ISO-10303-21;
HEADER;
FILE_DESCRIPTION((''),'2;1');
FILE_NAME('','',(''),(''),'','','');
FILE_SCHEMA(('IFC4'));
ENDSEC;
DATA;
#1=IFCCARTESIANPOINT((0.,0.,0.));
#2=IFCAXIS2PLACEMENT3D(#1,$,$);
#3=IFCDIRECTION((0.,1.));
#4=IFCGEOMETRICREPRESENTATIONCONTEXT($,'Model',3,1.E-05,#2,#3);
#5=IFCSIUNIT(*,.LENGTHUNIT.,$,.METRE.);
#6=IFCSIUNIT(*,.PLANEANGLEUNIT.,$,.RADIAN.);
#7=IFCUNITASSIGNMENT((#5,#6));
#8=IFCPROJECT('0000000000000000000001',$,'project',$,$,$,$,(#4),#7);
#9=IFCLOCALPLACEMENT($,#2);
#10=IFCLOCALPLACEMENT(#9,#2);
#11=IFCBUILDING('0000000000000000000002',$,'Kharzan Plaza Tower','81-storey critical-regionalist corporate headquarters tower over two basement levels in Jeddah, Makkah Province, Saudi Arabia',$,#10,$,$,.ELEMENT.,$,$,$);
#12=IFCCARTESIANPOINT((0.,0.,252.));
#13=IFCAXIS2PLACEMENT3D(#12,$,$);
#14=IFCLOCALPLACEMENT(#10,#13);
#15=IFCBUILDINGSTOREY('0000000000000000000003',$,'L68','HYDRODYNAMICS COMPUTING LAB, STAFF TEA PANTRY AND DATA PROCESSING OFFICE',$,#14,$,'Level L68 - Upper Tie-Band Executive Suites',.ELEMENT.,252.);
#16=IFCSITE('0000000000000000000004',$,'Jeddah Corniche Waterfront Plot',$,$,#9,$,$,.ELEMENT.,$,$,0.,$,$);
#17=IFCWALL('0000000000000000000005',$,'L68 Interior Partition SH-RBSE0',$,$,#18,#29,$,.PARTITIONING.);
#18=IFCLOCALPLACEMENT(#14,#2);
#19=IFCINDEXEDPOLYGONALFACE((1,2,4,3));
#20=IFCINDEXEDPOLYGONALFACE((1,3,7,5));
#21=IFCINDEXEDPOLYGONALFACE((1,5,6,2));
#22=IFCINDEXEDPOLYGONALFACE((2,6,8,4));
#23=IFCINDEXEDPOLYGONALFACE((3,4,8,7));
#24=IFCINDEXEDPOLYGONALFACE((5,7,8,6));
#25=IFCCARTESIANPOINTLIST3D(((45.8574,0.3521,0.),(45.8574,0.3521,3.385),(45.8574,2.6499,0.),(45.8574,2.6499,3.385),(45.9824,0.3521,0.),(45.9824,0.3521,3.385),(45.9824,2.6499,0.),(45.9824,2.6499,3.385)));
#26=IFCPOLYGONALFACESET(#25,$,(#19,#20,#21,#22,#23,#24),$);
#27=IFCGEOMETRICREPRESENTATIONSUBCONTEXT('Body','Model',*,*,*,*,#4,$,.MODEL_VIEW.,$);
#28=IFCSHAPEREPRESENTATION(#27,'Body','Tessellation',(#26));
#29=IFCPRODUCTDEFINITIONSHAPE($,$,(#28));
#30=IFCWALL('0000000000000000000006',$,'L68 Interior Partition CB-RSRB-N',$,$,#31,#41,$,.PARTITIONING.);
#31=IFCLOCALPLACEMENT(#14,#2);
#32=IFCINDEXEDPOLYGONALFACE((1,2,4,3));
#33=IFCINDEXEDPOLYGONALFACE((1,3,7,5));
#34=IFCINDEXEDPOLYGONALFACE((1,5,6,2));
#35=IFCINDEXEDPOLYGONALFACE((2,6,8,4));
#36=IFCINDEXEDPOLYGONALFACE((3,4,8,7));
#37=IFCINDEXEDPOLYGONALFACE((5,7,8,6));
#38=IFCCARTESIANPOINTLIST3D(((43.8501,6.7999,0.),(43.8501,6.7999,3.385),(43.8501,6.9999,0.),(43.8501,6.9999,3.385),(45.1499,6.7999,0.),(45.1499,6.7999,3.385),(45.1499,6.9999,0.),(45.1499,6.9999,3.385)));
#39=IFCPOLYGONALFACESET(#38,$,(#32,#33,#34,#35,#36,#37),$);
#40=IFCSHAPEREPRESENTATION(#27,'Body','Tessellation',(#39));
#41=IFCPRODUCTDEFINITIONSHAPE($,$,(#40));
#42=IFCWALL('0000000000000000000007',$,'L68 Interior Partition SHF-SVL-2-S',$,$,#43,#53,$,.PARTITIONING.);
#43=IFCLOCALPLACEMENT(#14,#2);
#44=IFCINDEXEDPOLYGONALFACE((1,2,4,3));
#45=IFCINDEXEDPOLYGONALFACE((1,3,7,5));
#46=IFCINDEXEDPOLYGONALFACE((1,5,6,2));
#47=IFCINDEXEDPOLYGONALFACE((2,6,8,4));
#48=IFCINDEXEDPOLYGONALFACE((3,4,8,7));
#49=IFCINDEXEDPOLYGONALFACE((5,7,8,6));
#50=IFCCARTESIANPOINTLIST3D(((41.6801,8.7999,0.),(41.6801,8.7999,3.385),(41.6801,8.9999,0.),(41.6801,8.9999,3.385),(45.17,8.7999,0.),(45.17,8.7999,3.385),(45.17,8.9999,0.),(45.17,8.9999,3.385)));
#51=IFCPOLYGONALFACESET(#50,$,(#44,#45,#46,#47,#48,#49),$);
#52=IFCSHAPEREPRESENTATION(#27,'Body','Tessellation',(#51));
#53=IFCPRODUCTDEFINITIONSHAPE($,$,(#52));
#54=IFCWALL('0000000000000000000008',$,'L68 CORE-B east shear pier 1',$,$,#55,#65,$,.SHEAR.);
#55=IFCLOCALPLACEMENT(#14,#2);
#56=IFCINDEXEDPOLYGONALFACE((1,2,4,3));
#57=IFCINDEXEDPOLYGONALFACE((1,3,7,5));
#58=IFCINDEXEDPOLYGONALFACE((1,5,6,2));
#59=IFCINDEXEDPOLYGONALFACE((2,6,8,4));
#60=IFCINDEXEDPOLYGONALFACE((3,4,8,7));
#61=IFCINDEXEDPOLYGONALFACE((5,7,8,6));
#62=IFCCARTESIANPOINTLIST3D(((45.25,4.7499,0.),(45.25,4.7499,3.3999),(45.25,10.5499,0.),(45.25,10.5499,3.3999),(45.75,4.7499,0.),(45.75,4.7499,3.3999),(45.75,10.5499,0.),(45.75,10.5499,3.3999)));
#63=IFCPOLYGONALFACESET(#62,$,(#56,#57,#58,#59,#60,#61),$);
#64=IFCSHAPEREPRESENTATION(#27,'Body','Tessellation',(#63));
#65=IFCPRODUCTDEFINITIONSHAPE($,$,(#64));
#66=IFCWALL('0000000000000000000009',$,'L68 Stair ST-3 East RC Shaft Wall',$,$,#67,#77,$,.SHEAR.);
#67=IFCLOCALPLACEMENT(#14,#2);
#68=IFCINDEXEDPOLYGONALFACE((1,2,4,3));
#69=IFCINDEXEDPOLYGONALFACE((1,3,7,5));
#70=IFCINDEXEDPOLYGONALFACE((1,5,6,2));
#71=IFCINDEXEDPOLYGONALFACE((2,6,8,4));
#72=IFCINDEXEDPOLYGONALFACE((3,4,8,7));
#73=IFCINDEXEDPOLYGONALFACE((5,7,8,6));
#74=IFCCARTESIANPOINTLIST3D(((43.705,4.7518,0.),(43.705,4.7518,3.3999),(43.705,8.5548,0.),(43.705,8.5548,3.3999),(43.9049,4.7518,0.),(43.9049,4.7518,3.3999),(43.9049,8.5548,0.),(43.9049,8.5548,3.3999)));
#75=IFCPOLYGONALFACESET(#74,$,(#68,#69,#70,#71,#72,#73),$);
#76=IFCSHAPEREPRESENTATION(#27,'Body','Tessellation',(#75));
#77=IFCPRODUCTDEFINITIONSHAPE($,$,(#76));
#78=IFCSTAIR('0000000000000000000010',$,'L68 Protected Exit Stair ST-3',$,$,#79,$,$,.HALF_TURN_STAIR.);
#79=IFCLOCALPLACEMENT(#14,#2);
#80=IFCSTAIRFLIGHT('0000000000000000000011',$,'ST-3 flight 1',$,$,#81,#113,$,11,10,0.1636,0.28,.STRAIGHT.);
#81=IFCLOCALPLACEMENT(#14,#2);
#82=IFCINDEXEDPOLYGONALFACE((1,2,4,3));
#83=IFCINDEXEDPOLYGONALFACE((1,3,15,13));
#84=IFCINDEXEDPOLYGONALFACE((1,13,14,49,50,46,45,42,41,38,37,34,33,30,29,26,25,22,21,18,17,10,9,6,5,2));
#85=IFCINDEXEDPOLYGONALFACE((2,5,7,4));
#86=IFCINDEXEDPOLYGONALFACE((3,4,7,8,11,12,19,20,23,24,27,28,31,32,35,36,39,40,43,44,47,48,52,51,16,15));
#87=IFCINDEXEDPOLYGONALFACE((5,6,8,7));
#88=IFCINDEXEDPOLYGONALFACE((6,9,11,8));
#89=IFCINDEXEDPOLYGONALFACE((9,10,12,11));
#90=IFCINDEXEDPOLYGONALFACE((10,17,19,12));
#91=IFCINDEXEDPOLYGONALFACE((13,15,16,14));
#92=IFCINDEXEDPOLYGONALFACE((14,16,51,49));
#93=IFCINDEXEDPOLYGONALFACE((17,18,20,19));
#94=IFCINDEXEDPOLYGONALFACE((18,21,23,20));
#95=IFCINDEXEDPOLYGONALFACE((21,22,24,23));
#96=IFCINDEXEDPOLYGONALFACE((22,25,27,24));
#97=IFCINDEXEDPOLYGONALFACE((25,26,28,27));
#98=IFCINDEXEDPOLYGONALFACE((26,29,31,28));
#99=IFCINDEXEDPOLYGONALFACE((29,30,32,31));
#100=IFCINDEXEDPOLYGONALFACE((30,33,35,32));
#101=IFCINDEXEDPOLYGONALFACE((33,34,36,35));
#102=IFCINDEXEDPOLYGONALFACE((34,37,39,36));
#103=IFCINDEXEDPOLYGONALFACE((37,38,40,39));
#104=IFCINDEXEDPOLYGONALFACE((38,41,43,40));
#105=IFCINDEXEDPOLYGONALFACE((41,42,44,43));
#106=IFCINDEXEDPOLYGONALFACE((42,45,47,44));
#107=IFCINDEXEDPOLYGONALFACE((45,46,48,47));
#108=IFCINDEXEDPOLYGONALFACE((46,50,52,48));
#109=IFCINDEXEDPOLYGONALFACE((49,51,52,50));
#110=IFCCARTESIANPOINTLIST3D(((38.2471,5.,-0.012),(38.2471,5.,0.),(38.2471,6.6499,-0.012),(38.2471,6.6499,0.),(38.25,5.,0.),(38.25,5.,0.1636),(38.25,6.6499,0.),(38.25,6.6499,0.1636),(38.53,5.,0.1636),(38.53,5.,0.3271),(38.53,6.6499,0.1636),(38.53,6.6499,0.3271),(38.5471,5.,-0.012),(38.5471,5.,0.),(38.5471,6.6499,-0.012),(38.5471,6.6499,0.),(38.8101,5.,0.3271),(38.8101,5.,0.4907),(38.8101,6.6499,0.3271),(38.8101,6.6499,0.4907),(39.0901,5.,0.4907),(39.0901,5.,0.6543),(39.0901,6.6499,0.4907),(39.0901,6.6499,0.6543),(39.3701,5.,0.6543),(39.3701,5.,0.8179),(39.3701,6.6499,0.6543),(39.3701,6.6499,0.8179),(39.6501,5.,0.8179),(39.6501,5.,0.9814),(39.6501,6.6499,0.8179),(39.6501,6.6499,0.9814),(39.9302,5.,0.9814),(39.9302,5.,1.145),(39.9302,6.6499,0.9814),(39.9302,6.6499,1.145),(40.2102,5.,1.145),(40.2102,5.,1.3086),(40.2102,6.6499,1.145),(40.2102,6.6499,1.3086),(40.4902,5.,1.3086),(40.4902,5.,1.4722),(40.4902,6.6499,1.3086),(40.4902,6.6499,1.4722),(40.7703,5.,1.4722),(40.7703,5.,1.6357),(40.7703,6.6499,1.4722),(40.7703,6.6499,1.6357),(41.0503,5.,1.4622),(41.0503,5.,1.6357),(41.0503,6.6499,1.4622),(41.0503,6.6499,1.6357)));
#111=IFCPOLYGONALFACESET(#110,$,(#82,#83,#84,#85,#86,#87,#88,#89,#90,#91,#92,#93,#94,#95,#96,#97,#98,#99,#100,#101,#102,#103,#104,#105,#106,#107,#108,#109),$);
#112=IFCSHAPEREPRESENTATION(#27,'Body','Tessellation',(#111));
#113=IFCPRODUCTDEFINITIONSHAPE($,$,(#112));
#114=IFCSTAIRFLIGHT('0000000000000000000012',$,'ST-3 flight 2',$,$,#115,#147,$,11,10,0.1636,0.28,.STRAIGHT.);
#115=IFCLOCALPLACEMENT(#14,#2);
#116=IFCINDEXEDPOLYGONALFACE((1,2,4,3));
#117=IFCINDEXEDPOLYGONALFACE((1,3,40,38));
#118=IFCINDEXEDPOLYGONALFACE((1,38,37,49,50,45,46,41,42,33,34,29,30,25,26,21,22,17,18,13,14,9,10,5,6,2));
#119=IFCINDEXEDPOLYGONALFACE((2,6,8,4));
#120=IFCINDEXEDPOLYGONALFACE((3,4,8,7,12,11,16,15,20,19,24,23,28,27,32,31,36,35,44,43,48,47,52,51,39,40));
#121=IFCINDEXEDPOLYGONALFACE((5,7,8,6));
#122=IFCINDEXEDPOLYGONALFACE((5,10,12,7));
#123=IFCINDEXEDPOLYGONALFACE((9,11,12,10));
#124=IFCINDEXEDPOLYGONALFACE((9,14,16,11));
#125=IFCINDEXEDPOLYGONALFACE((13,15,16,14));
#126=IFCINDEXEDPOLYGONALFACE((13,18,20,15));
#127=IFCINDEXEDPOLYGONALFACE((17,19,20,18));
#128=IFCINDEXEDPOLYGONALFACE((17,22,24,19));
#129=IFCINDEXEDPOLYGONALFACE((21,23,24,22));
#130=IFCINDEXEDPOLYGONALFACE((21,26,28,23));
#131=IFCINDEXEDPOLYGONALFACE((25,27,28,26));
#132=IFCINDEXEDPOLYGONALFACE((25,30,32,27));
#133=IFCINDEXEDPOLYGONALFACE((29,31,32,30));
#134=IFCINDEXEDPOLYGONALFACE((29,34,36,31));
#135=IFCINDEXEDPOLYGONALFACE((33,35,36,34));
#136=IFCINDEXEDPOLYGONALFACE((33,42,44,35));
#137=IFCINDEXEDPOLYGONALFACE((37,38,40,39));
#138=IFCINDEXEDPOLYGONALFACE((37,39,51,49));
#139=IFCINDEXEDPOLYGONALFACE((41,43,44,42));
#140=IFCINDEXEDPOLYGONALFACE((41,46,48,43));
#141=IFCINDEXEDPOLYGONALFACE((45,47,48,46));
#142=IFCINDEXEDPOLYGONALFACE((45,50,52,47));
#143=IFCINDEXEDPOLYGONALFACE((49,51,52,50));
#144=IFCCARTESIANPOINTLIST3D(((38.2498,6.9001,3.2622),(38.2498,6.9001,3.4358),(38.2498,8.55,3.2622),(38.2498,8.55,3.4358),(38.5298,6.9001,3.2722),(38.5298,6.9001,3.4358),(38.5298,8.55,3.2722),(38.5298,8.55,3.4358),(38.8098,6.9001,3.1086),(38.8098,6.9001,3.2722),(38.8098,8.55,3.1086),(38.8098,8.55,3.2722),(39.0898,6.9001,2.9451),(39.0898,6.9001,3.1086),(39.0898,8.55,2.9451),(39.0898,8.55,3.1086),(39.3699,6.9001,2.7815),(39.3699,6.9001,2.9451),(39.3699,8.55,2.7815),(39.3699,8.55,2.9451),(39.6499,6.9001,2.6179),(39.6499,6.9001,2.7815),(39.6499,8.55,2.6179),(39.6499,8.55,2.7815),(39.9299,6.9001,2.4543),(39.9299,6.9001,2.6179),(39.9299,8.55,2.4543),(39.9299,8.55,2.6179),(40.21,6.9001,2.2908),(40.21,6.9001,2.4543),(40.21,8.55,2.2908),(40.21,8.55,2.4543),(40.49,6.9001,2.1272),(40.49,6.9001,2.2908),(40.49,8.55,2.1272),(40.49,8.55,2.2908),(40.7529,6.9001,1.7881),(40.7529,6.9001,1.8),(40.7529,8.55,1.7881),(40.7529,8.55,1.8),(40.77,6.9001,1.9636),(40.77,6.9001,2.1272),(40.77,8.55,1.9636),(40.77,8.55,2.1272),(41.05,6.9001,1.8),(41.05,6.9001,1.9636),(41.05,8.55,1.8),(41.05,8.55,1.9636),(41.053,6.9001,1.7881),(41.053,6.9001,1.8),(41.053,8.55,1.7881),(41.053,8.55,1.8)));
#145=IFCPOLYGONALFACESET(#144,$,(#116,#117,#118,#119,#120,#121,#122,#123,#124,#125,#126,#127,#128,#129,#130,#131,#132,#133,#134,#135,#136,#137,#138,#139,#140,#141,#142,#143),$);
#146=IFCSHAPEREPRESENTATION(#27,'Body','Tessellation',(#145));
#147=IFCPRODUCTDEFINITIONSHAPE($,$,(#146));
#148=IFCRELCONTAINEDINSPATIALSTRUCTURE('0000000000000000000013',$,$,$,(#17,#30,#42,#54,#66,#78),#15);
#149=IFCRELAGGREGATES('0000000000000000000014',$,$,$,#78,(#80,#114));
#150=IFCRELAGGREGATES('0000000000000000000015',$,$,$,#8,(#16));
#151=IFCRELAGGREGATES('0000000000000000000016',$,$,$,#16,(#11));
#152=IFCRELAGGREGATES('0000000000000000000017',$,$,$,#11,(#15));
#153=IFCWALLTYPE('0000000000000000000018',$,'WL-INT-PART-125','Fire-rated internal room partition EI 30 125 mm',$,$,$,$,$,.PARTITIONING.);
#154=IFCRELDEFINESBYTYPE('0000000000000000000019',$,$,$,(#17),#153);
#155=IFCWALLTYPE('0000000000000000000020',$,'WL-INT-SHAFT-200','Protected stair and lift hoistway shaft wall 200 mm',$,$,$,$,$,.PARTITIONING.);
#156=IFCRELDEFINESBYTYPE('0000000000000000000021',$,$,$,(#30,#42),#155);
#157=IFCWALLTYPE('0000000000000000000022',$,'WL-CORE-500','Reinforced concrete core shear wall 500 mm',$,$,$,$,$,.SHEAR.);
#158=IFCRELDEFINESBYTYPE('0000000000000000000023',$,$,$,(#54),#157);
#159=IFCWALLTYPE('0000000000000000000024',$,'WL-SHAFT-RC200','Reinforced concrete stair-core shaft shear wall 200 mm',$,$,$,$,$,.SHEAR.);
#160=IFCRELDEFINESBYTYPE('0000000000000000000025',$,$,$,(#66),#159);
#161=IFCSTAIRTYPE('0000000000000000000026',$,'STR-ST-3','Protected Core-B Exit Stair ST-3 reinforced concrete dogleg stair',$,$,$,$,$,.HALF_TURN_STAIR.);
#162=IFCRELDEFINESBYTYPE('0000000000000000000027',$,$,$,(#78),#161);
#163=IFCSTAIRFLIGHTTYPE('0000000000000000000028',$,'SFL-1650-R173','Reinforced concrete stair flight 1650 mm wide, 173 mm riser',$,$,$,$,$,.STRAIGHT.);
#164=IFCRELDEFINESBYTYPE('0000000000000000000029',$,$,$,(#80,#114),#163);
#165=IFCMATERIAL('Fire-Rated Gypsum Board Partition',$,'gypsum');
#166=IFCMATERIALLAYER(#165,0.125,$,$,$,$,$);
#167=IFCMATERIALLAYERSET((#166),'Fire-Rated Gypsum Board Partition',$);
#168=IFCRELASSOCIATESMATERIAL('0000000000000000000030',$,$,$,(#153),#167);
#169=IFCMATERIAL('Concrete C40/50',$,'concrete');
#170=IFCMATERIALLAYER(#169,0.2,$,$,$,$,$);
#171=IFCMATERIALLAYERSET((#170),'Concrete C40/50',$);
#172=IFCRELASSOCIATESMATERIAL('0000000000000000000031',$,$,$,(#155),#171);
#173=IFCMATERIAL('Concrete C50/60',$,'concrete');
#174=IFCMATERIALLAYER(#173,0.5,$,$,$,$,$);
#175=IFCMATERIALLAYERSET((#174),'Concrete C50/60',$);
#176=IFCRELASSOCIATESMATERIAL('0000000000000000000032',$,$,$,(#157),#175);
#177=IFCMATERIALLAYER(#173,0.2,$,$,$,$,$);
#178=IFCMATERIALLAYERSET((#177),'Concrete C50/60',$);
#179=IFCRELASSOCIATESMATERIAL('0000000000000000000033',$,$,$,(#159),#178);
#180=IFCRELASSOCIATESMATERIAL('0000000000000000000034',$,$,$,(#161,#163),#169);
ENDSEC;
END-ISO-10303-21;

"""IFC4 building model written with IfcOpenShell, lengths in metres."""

from ifc_helpers import new_model, si_unit, direction, frame, frame_2d, origin, place, context, subcontext, project, spatial, polyline, rectangle, outline, extrude, source, transform, mapped, material, layer, layer_set, type_object, element, aggregate, save


model = new_model("IFC4")

# Units and contexts
model_context = context("Model", 3, precision=1e-05, world=origin(), true_north=direction((0.0, 1.0)))
body_context = subcontext(model_context, "Body", "Model", "MODEL_VIEW")
ifc_project = project(units=[si_unit("LENGTHUNIT", "METRE"), si_unit("PLANEANGLEUNIT", "RADIAN")], contexts=[model_context])

# Site, building, storey
site_placement = place(None, origin())
site = spatial("IfcSite", under=ifc_project, at=site_placement, Name="Jeddah Corniche Waterfront Plot", CompositionType="ELEMENT", RefElevation=0.0)
building_placement = place(site_placement, origin())
building = spatial("IfcBuilding", under=site, at=building_placement, Name="Kharzan Plaza Tower", Description="81-storey critical-regionalist corporate headquarters tower over two basement levels in Jeddah, Makkah Province, Saudi Arabia", CompositionType="ELEMENT")
storey_placement = place(building_placement, frame((0.0, 0.0, 252.0)))
storey = spatial("IfcBuildingStorey", under=building, at=storey_placement, Name="L68", Description="HYDRODYNAMICS COMPUTING LAB, STAFF TEA PANTRY AND DATA PROCESSING OFFICE", LongName="Level L68 - Upper Tie-Band Executive Suites", CompositionType="ELEMENT", Elevation=252.0)

# Shared definitions
ifc_material_1 = material(Name="Concrete C50/60", Category="concrete")

# Shared definitions
ifc_material_2 = material(Name="Concrete C40/50", Category="concrete")

# Shared definitions
ifc_material_3 = material(Name="Fire-Rated Gypsum Board Partition", Category="gypsum")
ifc_layer_1 = layer(ifc_material_3, 0.125)
ifc_layer_set_1 = layer_set([ifc_layer_1], Name="Fire-Rated Gypsum Board Partition")
wall_type_1 = type_object("IfcWallType", Name="WL-INT-PART-125", Description="Fire-rated internal room partition EI 30 125 mm", PredefinedType="PARTITIONING", material=ifc_layer_set_1)
ifc_layer_2 = layer(ifc_material_2, 0.2)
ifc_layer_set_2 = layer_set([ifc_layer_2], Name="Concrete C40/50")
wall_type_2 = type_object("IfcWallType", Name="WL-INT-SHAFT-200", Description="Protected stair and lift hoistway shaft wall 200 mm", PredefinedType="PARTITIONING", material=ifc_layer_set_2)

# Walls
shared_shape_1 = source(origin(), body_context, "Body", "SweptSolid", [
    extrude(rectangle(XDim=2.2979, YDim=0.125, at=frame_2d((1.1489, 0.0))), origin(), (0.0, 0.0, 1.0), 3.385),
])
wall_1_placement = place(storey_placement, frame((45.9199, 0.3521, 0.0), z_axis=(0.0, 0.0, 1.0), x_axis=(0.0, 1.0, 0.0)))
element("IfcWall", 1, at=wall_1_placement, inside=storey, type_object=wall_type_1, Name="L68 Interior Partition SH-RBSE0", PredefinedType="PARTITIONING", context=body_context, shape_type="MappedRepresentation", body=[
    mapped(shared_shape_1, transform((0.0, 0.0, 0.0), x_axis=(1.0, 0.0, 0.0), y_axis=(0.0, 1.0, 0.0), z_axis=(0.0, 0.0, 1.0))),
])
shared_shape_2 = source(origin(), body_context, "Body", "SweptSolid", [
    extrude(rectangle(XDim=1.2998, YDim=0.2, at=frame_2d((0.6499, 0.0))), origin(), (0.0, 0.0, 1.0), 3.385),
])
wall_2_placement = place(storey_placement, frame((43.8501, 6.8999, 0.0), z_axis=(0.0, 0.0, 1.0), x_axis=(1.0, 0.0, 0.0)))
element("IfcWall", 2, at=wall_2_placement, inside=storey, type_object=wall_type_2, Name="L68 Interior Partition CB-RSRB-N", PredefinedType="PARTITIONING", context=body_context, shape_type="MappedRepresentation", body=[
    mapped(shared_shape_2, transform((0.0, 0.0, 0.0), x_axis=(1.0, 0.0, 0.0), y_axis=(0.0, 1.0, 0.0), z_axis=(0.0, 0.0, 1.0))),
])
shared_shape_3 = source(origin(), body_context, "Body", "SweptSolid", [
    extrude(rectangle(XDim=3.49, YDim=0.2, at=frame_2d((1.7451, 0.0))), origin(), (0.0, 0.0, 1.0), 3.385),
])
wall_3_placement = place(storey_placement, frame((41.6799, 8.8999, 0.0), z_axis=(0.0, 0.0, 1.0), x_axis=(1.0, 0.0, 0.0)))
element("IfcWall", 3, at=wall_3_placement, inside=storey, type_object=wall_type_2, Name="L68 Interior Partition SHF-SVL-2-S", PredefinedType="PARTITIONING", context=body_context, shape_type="MappedRepresentation", body=[
    mapped(shared_shape_3, transform((0.0, 0.0, 0.0), x_axis=(1.0, 0.0, 0.0), y_axis=(0.0, 1.0, 0.0), z_axis=(0.0, 0.0, 1.0))),
])
ifc_layer_3 = layer(ifc_material_1, 0.5)
ifc_layer_set_3 = layer_set([ifc_layer_3], Name="Concrete C50/60")
wall_type_3 = type_object("IfcWallType", Name="WL-CORE-500", Description="Reinforced concrete core shear wall 500 mm", PredefinedType="SHEAR", material=ifc_layer_set_3)
shared_shape_4 = source(origin(), body_context, "Body", "SweptSolid", [
    extrude(rectangle(XDim=5.8, YDim=0.5, at=frame_2d((2.8999, 0.0))), origin(), (0.0, 0.0, 1.0), 3.3999),
])
wall_4_placement = place(storey_placement, frame((45.5, 4.75, 0.0), z_axis=(0.0, 0.0, 1.0), x_axis=(0.0, 1.0, 0.0)))
element("IfcWall", 4, at=wall_4_placement, inside=storey, type_object=wall_type_3, Name="L68 CORE-B east shear pier 1", PredefinedType="SHEAR", context=body_context, shape_type="MappedRepresentation", body=[
    mapped(shared_shape_4, transform((0.0, 0.0, 0.0), x_axis=(1.0, 0.0, 0.0), y_axis=(0.0, 1.0, 0.0), z_axis=(0.0, 0.0, 1.0))),
])
ifc_layer_4 = layer(ifc_material_1, 0.2)
ifc_layer_set_4 = layer_set([ifc_layer_4], Name="Concrete C50/60")
wall_type_4 = type_object("IfcWallType", Name="WL-SHAFT-RC200", Description="Reinforced concrete stair-core shaft shear wall 200 mm", PredefinedType="SHEAR", material=ifc_layer_set_4)
shared_shape_5 = source(origin(), body_context, "Body", "SweptSolid", [
    extrude(rectangle(XDim=3.803, YDim=0.2, at=frame_2d((1.9014, 0.0))), origin(), (0.0, 0.0, 1.0), 3.3999),
])
wall_5_placement = place(storey_placement, frame((43.8049, 4.752, 0.0), z_axis=(0.0, 0.0, 1.0), x_axis=(0.0, 1.0, 0.0)))
element("IfcWall", 5, at=wall_5_placement, inside=storey, type_object=wall_type_4, Name="L68 Stair ST-3 East RC Shaft Wall", PredefinedType="SHEAR", context=body_context, shape_type="MappedRepresentation", body=[
    mapped(shared_shape_5, transform((0.0, 0.0, 0.0), x_axis=(1.0, 0.0, 0.0), y_axis=(0.0, 1.0, 0.0), z_axis=(0.0, 0.0, 1.0))),
])

# Stair, stair flights
stair_type = type_object("IfcStairType", Name="STR-ST-3", Description="Protected Core-B Exit Stair ST-3 reinforced concrete dogleg stair", PredefinedType="HALF_TURN_STAIR", material=ifc_material_2)
stair_placement = place(storey_placement, origin())
stair = element("IfcStair", 6, at=stair_placement, inside=storey, type_object=stair_type, Name="L68 Protected Exit Stair ST-3", PredefinedType="HALF_TURN_STAIR")
stair_flight_type = type_object("IfcStairFlightType", Name="SFL-1650-R173", Description="Reinforced concrete stair flight 1650 mm wide, 173 mm riser", PredefinedType="STRAIGHT", material=ifc_material_2)
shared_shape_6 = source(origin(), body_context, "Body", "SweptSolid", [
    extrude(outline(polyline([(-0.0029, -0.012), (-0.0029, 0.0), (0.0, 0.0), (0.0, 0.1636), (0.28, 0.1636), (0.28, 0.3271), (0.5601, 0.3271), (0.5601, 0.4907), (0.8401, 0.4907), (0.8401, 0.6543), (1.1201, 0.6543), (1.1201, 0.8179), (1.4001, 0.8179), (1.4001, 0.9814), (1.6802, 0.9814), (1.6802, 1.145), (1.9602, 1.145), (1.9602, 1.3086), (2.2402, 1.3086), (2.2402, 1.4722), (2.5203, 1.4722), (2.5203, 1.6357), (2.8003, 1.6357), (2.8003, 1.7993), (2.8003, 1.4622), (0.2971, 0.0), (0.2971, -0.012), (-0.0029, -0.012)])), frame((0.0, 0.825, 0.0), z_axis=(0.0, -1.0, 0.0), x_axis=(1.0, 0.0, 0.0)), (0.0, 0.0, 1.0), 1.6499),
])
stair_flight_1_placement = place(storey_placement, frame((38.25, 5.825, 0.0), z_axis=(0.0, 0.0, 1.0), x_axis=(1.0, 0.0, 0.0)))
stair_flight_1 = element("IfcStairFlight", 7, at=stair_flight_1_placement, type_object=stair_flight_type, Name="ST-3 flight 1", NumberOfRisers=11, NumberOfTreads=10, PredefinedType="STRAIGHT", RiserHeight=0.1636, TreadLength=0.28, context=body_context, shape_type="MappedRepresentation", body=[
    mapped(shared_shape_6, transform((0.0, 0.0, 0.0), x_axis=(1.0, 0.0, 0.0), y_axis=(0.0, 1.0, 0.0), z_axis=(0.0, 0.0, 1.0))),
])
stair_flight_2_placement = place(storey_placement, frame((41.05, 7.7251, 1.8), z_axis=(0.0, 0.0, 1.0), x_axis=(-1.0, 0.0, 0.0)))
stair_flight_2 = element("IfcStairFlight", 8, at=stair_flight_2_placement, type_object=stair_flight_type, Name="ST-3 flight 2", NumberOfRisers=11, NumberOfTreads=10, PredefinedType="STRAIGHT", RiserHeight=0.1636, TreadLength=0.28, context=body_context, shape_type="MappedRepresentation", body=[
    mapped(shared_shape_6, transform((0.0, 0.0, 0.0), x_axis=(1.0, 0.0, 0.0), y_axis=(0.0, 1.0, 0.0), z_axis=(0.0, 0.0, 1.0))),
])
aggregate(stair, [stair_flight_1, stair_flight_2])

save(model, "model.ifc")
